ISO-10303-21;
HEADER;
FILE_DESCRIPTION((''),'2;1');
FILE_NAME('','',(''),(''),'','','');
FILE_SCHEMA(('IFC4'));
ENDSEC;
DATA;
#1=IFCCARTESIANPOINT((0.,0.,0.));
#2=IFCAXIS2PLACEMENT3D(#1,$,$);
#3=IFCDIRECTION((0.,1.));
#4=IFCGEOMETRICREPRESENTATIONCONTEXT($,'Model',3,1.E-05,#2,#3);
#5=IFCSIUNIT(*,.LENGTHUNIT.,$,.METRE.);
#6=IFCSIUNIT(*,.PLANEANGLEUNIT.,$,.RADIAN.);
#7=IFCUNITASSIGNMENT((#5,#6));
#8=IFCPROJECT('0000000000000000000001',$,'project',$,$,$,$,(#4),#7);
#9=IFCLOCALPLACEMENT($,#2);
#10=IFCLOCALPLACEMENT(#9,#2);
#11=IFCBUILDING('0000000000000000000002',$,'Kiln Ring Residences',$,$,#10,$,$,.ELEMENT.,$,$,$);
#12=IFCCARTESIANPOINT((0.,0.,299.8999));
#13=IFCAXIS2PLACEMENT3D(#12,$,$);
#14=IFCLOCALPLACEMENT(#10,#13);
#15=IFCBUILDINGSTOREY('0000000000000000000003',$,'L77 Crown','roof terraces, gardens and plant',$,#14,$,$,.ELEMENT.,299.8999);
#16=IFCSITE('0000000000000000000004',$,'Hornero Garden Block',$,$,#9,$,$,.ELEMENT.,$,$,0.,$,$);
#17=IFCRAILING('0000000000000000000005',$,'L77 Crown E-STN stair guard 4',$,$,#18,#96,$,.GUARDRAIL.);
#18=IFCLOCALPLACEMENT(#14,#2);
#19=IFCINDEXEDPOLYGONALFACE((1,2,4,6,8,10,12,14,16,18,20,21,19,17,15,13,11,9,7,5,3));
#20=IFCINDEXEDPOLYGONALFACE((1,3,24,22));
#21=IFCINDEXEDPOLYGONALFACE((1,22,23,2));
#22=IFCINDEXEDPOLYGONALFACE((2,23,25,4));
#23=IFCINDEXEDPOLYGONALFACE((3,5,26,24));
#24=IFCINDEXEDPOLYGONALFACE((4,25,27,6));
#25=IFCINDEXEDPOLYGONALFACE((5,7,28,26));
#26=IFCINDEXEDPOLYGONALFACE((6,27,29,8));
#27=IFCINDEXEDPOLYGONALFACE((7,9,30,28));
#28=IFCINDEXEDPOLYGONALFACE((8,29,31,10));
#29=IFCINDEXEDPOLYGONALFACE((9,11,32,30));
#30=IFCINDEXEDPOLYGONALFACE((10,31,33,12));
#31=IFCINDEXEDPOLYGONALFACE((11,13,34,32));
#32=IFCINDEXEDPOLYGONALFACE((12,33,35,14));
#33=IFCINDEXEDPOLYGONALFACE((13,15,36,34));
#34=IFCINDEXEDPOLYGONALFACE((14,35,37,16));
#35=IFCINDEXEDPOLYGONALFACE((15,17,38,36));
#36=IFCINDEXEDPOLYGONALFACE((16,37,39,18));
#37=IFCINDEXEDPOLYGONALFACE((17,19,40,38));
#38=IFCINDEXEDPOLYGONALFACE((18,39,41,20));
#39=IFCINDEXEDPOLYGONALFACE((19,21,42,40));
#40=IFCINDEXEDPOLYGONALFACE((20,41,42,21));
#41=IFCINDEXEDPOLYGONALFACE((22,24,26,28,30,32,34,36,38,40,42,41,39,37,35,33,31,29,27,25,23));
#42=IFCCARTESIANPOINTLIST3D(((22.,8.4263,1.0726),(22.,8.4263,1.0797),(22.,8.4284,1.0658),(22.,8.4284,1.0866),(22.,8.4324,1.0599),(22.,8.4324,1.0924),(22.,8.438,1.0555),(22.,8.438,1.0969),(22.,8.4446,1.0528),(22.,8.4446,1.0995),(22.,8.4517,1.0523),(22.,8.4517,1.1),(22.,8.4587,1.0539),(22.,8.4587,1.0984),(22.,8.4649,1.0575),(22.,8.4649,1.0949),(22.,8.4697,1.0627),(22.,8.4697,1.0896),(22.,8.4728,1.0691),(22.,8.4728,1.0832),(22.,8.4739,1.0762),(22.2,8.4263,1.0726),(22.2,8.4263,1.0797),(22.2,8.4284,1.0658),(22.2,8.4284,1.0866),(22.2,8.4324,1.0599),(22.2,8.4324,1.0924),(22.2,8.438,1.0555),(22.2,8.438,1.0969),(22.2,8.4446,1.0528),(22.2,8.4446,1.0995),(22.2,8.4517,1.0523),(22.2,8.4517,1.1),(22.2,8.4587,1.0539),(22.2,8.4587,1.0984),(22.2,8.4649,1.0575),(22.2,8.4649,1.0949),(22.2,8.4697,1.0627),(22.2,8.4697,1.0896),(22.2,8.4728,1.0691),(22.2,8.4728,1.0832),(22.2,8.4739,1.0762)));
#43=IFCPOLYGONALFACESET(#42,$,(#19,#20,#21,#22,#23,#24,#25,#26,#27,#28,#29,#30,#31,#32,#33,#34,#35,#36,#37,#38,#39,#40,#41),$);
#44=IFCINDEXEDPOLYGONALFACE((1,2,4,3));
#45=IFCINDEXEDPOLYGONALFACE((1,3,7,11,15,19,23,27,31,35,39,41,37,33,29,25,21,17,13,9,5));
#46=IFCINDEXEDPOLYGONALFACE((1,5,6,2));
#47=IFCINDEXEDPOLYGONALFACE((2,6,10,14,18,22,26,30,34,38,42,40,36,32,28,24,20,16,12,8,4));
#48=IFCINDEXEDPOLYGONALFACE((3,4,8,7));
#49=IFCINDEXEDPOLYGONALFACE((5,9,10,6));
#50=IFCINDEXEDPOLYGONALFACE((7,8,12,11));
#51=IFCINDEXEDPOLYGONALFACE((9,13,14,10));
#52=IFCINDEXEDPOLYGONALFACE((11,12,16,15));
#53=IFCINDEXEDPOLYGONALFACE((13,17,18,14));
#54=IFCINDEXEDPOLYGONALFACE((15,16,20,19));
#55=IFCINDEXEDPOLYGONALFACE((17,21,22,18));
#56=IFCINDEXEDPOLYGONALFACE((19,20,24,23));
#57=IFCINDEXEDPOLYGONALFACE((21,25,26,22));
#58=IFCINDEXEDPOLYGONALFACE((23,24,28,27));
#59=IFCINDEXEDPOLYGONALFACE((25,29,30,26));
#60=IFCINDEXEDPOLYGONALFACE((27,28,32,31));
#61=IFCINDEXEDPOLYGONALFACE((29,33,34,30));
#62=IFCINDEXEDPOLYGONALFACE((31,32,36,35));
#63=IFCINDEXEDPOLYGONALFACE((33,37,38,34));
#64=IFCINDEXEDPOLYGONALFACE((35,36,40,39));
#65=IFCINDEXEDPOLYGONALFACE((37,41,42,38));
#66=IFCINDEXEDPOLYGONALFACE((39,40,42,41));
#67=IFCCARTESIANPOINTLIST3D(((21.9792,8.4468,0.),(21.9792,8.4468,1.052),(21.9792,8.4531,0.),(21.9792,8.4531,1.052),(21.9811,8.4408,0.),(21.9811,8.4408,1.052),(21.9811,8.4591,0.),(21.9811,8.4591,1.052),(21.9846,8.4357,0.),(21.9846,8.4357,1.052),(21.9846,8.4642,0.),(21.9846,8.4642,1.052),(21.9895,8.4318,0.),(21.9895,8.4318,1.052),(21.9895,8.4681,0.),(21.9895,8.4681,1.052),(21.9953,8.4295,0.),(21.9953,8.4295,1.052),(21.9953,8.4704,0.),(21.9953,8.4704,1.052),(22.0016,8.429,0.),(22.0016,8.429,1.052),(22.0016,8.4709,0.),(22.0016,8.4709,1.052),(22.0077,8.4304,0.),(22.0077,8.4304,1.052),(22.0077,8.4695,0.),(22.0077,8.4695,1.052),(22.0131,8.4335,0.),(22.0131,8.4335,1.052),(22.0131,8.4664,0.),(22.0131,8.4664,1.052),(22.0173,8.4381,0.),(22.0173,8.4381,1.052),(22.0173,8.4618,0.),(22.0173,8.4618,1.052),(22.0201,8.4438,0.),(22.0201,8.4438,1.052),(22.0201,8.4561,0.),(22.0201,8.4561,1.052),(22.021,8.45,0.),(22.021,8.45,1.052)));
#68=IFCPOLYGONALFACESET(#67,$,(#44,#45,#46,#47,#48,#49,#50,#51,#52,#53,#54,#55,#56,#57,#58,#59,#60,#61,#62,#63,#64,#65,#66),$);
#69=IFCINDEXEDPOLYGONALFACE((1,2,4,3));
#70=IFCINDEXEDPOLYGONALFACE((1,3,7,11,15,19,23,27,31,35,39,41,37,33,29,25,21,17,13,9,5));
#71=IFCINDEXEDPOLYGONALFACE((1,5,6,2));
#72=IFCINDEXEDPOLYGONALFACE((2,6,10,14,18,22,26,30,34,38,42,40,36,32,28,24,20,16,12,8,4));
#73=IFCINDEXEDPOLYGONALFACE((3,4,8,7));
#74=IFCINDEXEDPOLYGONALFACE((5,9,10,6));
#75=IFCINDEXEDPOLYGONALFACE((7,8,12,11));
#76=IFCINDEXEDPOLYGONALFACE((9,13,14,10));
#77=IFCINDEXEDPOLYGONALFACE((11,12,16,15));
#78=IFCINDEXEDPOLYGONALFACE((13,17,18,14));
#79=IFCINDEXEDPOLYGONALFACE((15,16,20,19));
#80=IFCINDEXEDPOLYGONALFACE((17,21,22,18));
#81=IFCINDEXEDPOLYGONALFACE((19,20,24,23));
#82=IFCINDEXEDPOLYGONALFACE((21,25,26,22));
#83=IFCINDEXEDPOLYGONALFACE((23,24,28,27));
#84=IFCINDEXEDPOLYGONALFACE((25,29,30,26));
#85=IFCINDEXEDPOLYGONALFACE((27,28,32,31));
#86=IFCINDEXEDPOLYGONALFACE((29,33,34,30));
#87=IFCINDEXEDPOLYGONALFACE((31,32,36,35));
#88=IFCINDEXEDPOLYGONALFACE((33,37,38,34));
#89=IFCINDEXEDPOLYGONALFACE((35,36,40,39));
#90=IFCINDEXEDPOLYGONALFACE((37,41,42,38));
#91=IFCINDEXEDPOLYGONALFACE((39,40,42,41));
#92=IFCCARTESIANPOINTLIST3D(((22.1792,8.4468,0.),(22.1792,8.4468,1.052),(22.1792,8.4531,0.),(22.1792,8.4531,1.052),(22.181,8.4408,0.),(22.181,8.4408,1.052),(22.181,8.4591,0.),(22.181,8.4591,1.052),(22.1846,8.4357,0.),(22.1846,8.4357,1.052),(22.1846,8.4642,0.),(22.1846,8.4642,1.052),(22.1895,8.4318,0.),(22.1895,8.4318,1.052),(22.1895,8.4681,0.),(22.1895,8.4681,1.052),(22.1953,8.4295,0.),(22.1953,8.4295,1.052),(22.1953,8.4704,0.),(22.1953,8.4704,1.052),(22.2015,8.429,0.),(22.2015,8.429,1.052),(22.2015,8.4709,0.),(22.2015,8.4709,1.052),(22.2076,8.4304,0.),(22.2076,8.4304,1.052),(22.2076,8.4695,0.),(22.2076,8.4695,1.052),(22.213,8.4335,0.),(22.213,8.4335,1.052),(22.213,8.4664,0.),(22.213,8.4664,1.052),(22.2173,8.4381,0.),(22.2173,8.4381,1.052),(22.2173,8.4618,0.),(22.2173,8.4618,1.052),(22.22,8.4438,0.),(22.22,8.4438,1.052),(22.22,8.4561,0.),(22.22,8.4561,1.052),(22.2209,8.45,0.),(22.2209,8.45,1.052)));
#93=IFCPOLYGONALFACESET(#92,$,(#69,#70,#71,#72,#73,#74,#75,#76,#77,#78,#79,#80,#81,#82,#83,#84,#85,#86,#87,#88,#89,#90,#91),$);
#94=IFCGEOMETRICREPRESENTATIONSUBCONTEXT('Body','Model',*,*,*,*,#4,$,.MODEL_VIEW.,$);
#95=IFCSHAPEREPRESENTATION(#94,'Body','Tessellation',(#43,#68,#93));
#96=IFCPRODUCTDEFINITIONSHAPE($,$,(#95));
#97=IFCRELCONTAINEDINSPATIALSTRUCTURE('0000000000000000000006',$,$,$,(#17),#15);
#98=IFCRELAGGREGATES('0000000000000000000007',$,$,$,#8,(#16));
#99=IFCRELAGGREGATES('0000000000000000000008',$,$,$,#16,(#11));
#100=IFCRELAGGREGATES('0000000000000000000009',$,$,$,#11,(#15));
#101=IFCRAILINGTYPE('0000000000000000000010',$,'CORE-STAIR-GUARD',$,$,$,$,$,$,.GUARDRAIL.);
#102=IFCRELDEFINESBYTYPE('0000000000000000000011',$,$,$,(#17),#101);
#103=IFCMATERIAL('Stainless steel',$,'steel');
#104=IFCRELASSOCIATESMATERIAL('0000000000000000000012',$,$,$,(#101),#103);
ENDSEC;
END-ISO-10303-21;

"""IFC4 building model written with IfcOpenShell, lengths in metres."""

from ifc_helpers import new_model, si_unit, direction, frame, origin, origin_2d, place, context, subcontext, project, spatial, circle, extrude, material, type_object, element, save


model = new_model("IFC4")

# Units and contexts
model_context = context("Model", 3, precision=1e-05, world=origin(), true_north=direction((0.0, 1.0)))
body_context = subcontext(model_context, "Body", "Model", "MODEL_VIEW")
ifc_project = project(units=[si_unit("LENGTHUNIT", "METRE"), si_unit("PLANEANGLEUNIT", "RADIAN")], contexts=[model_context])

# Site, building, storey
site_placement = place(None, origin())
site = spatial("IfcSite", under=ifc_project, at=site_placement, Name="Hornero Garden Block", CompositionType="ELEMENT", RefElevation=0.0)
building_placement = place(site_placement, origin())
building = spatial("IfcBuilding", under=site, at=building_placement, Name="Kiln Ring Residences", CompositionType="ELEMENT")
storey_placement = place(building_placement, frame((0.0, 0.0, 299.8999)))
storey = spatial("IfcBuildingStorey", under=building, at=storey_placement, Name="L77 Crown", Description="roof terraces, gardens and plant", CompositionType="ELEMENT", Elevation=299.8999)

# Railing
ifc_material_1 = material(Name="Stainless steel", Category="steel")
railing_type = type_object("IfcRailingType", Name="CORE-STAIR-GUARD", PredefinedType="GUARDRAIL", material=ifc_material_1)
railing_placement = place(storey_placement, frame((22.0, 8.45, 0.0)))
element("IfcRailing", 1, at=railing_placement, inside=storey, type_object=railing_type, Name="L77 Crown E-STN stair guard 4", PredefinedType="GUARDRAIL", context=body_context, shape_type="SweptSolid", body=[
    extrude(circle(Radius=0.0239, at=origin_2d()), frame((0.0, 0.0, 1.0762), z_axis=(1.0, 0.0, 0.0), x_axis=(0.0, 1.0, 0.0)), (0.0, 0.0, 1.0), 0.2),
    extrude(circle(Radius=0.021, at=origin_2d()), origin(), (0.0, 0.0, 1.0), 1.052),
    extrude(circle(Radius=0.021, at=origin_2d()), frame((0.2, 0.0, 0.0)), (0.0, 0.0, 1.0), 1.052),
])

save(model, "model.ifc")
